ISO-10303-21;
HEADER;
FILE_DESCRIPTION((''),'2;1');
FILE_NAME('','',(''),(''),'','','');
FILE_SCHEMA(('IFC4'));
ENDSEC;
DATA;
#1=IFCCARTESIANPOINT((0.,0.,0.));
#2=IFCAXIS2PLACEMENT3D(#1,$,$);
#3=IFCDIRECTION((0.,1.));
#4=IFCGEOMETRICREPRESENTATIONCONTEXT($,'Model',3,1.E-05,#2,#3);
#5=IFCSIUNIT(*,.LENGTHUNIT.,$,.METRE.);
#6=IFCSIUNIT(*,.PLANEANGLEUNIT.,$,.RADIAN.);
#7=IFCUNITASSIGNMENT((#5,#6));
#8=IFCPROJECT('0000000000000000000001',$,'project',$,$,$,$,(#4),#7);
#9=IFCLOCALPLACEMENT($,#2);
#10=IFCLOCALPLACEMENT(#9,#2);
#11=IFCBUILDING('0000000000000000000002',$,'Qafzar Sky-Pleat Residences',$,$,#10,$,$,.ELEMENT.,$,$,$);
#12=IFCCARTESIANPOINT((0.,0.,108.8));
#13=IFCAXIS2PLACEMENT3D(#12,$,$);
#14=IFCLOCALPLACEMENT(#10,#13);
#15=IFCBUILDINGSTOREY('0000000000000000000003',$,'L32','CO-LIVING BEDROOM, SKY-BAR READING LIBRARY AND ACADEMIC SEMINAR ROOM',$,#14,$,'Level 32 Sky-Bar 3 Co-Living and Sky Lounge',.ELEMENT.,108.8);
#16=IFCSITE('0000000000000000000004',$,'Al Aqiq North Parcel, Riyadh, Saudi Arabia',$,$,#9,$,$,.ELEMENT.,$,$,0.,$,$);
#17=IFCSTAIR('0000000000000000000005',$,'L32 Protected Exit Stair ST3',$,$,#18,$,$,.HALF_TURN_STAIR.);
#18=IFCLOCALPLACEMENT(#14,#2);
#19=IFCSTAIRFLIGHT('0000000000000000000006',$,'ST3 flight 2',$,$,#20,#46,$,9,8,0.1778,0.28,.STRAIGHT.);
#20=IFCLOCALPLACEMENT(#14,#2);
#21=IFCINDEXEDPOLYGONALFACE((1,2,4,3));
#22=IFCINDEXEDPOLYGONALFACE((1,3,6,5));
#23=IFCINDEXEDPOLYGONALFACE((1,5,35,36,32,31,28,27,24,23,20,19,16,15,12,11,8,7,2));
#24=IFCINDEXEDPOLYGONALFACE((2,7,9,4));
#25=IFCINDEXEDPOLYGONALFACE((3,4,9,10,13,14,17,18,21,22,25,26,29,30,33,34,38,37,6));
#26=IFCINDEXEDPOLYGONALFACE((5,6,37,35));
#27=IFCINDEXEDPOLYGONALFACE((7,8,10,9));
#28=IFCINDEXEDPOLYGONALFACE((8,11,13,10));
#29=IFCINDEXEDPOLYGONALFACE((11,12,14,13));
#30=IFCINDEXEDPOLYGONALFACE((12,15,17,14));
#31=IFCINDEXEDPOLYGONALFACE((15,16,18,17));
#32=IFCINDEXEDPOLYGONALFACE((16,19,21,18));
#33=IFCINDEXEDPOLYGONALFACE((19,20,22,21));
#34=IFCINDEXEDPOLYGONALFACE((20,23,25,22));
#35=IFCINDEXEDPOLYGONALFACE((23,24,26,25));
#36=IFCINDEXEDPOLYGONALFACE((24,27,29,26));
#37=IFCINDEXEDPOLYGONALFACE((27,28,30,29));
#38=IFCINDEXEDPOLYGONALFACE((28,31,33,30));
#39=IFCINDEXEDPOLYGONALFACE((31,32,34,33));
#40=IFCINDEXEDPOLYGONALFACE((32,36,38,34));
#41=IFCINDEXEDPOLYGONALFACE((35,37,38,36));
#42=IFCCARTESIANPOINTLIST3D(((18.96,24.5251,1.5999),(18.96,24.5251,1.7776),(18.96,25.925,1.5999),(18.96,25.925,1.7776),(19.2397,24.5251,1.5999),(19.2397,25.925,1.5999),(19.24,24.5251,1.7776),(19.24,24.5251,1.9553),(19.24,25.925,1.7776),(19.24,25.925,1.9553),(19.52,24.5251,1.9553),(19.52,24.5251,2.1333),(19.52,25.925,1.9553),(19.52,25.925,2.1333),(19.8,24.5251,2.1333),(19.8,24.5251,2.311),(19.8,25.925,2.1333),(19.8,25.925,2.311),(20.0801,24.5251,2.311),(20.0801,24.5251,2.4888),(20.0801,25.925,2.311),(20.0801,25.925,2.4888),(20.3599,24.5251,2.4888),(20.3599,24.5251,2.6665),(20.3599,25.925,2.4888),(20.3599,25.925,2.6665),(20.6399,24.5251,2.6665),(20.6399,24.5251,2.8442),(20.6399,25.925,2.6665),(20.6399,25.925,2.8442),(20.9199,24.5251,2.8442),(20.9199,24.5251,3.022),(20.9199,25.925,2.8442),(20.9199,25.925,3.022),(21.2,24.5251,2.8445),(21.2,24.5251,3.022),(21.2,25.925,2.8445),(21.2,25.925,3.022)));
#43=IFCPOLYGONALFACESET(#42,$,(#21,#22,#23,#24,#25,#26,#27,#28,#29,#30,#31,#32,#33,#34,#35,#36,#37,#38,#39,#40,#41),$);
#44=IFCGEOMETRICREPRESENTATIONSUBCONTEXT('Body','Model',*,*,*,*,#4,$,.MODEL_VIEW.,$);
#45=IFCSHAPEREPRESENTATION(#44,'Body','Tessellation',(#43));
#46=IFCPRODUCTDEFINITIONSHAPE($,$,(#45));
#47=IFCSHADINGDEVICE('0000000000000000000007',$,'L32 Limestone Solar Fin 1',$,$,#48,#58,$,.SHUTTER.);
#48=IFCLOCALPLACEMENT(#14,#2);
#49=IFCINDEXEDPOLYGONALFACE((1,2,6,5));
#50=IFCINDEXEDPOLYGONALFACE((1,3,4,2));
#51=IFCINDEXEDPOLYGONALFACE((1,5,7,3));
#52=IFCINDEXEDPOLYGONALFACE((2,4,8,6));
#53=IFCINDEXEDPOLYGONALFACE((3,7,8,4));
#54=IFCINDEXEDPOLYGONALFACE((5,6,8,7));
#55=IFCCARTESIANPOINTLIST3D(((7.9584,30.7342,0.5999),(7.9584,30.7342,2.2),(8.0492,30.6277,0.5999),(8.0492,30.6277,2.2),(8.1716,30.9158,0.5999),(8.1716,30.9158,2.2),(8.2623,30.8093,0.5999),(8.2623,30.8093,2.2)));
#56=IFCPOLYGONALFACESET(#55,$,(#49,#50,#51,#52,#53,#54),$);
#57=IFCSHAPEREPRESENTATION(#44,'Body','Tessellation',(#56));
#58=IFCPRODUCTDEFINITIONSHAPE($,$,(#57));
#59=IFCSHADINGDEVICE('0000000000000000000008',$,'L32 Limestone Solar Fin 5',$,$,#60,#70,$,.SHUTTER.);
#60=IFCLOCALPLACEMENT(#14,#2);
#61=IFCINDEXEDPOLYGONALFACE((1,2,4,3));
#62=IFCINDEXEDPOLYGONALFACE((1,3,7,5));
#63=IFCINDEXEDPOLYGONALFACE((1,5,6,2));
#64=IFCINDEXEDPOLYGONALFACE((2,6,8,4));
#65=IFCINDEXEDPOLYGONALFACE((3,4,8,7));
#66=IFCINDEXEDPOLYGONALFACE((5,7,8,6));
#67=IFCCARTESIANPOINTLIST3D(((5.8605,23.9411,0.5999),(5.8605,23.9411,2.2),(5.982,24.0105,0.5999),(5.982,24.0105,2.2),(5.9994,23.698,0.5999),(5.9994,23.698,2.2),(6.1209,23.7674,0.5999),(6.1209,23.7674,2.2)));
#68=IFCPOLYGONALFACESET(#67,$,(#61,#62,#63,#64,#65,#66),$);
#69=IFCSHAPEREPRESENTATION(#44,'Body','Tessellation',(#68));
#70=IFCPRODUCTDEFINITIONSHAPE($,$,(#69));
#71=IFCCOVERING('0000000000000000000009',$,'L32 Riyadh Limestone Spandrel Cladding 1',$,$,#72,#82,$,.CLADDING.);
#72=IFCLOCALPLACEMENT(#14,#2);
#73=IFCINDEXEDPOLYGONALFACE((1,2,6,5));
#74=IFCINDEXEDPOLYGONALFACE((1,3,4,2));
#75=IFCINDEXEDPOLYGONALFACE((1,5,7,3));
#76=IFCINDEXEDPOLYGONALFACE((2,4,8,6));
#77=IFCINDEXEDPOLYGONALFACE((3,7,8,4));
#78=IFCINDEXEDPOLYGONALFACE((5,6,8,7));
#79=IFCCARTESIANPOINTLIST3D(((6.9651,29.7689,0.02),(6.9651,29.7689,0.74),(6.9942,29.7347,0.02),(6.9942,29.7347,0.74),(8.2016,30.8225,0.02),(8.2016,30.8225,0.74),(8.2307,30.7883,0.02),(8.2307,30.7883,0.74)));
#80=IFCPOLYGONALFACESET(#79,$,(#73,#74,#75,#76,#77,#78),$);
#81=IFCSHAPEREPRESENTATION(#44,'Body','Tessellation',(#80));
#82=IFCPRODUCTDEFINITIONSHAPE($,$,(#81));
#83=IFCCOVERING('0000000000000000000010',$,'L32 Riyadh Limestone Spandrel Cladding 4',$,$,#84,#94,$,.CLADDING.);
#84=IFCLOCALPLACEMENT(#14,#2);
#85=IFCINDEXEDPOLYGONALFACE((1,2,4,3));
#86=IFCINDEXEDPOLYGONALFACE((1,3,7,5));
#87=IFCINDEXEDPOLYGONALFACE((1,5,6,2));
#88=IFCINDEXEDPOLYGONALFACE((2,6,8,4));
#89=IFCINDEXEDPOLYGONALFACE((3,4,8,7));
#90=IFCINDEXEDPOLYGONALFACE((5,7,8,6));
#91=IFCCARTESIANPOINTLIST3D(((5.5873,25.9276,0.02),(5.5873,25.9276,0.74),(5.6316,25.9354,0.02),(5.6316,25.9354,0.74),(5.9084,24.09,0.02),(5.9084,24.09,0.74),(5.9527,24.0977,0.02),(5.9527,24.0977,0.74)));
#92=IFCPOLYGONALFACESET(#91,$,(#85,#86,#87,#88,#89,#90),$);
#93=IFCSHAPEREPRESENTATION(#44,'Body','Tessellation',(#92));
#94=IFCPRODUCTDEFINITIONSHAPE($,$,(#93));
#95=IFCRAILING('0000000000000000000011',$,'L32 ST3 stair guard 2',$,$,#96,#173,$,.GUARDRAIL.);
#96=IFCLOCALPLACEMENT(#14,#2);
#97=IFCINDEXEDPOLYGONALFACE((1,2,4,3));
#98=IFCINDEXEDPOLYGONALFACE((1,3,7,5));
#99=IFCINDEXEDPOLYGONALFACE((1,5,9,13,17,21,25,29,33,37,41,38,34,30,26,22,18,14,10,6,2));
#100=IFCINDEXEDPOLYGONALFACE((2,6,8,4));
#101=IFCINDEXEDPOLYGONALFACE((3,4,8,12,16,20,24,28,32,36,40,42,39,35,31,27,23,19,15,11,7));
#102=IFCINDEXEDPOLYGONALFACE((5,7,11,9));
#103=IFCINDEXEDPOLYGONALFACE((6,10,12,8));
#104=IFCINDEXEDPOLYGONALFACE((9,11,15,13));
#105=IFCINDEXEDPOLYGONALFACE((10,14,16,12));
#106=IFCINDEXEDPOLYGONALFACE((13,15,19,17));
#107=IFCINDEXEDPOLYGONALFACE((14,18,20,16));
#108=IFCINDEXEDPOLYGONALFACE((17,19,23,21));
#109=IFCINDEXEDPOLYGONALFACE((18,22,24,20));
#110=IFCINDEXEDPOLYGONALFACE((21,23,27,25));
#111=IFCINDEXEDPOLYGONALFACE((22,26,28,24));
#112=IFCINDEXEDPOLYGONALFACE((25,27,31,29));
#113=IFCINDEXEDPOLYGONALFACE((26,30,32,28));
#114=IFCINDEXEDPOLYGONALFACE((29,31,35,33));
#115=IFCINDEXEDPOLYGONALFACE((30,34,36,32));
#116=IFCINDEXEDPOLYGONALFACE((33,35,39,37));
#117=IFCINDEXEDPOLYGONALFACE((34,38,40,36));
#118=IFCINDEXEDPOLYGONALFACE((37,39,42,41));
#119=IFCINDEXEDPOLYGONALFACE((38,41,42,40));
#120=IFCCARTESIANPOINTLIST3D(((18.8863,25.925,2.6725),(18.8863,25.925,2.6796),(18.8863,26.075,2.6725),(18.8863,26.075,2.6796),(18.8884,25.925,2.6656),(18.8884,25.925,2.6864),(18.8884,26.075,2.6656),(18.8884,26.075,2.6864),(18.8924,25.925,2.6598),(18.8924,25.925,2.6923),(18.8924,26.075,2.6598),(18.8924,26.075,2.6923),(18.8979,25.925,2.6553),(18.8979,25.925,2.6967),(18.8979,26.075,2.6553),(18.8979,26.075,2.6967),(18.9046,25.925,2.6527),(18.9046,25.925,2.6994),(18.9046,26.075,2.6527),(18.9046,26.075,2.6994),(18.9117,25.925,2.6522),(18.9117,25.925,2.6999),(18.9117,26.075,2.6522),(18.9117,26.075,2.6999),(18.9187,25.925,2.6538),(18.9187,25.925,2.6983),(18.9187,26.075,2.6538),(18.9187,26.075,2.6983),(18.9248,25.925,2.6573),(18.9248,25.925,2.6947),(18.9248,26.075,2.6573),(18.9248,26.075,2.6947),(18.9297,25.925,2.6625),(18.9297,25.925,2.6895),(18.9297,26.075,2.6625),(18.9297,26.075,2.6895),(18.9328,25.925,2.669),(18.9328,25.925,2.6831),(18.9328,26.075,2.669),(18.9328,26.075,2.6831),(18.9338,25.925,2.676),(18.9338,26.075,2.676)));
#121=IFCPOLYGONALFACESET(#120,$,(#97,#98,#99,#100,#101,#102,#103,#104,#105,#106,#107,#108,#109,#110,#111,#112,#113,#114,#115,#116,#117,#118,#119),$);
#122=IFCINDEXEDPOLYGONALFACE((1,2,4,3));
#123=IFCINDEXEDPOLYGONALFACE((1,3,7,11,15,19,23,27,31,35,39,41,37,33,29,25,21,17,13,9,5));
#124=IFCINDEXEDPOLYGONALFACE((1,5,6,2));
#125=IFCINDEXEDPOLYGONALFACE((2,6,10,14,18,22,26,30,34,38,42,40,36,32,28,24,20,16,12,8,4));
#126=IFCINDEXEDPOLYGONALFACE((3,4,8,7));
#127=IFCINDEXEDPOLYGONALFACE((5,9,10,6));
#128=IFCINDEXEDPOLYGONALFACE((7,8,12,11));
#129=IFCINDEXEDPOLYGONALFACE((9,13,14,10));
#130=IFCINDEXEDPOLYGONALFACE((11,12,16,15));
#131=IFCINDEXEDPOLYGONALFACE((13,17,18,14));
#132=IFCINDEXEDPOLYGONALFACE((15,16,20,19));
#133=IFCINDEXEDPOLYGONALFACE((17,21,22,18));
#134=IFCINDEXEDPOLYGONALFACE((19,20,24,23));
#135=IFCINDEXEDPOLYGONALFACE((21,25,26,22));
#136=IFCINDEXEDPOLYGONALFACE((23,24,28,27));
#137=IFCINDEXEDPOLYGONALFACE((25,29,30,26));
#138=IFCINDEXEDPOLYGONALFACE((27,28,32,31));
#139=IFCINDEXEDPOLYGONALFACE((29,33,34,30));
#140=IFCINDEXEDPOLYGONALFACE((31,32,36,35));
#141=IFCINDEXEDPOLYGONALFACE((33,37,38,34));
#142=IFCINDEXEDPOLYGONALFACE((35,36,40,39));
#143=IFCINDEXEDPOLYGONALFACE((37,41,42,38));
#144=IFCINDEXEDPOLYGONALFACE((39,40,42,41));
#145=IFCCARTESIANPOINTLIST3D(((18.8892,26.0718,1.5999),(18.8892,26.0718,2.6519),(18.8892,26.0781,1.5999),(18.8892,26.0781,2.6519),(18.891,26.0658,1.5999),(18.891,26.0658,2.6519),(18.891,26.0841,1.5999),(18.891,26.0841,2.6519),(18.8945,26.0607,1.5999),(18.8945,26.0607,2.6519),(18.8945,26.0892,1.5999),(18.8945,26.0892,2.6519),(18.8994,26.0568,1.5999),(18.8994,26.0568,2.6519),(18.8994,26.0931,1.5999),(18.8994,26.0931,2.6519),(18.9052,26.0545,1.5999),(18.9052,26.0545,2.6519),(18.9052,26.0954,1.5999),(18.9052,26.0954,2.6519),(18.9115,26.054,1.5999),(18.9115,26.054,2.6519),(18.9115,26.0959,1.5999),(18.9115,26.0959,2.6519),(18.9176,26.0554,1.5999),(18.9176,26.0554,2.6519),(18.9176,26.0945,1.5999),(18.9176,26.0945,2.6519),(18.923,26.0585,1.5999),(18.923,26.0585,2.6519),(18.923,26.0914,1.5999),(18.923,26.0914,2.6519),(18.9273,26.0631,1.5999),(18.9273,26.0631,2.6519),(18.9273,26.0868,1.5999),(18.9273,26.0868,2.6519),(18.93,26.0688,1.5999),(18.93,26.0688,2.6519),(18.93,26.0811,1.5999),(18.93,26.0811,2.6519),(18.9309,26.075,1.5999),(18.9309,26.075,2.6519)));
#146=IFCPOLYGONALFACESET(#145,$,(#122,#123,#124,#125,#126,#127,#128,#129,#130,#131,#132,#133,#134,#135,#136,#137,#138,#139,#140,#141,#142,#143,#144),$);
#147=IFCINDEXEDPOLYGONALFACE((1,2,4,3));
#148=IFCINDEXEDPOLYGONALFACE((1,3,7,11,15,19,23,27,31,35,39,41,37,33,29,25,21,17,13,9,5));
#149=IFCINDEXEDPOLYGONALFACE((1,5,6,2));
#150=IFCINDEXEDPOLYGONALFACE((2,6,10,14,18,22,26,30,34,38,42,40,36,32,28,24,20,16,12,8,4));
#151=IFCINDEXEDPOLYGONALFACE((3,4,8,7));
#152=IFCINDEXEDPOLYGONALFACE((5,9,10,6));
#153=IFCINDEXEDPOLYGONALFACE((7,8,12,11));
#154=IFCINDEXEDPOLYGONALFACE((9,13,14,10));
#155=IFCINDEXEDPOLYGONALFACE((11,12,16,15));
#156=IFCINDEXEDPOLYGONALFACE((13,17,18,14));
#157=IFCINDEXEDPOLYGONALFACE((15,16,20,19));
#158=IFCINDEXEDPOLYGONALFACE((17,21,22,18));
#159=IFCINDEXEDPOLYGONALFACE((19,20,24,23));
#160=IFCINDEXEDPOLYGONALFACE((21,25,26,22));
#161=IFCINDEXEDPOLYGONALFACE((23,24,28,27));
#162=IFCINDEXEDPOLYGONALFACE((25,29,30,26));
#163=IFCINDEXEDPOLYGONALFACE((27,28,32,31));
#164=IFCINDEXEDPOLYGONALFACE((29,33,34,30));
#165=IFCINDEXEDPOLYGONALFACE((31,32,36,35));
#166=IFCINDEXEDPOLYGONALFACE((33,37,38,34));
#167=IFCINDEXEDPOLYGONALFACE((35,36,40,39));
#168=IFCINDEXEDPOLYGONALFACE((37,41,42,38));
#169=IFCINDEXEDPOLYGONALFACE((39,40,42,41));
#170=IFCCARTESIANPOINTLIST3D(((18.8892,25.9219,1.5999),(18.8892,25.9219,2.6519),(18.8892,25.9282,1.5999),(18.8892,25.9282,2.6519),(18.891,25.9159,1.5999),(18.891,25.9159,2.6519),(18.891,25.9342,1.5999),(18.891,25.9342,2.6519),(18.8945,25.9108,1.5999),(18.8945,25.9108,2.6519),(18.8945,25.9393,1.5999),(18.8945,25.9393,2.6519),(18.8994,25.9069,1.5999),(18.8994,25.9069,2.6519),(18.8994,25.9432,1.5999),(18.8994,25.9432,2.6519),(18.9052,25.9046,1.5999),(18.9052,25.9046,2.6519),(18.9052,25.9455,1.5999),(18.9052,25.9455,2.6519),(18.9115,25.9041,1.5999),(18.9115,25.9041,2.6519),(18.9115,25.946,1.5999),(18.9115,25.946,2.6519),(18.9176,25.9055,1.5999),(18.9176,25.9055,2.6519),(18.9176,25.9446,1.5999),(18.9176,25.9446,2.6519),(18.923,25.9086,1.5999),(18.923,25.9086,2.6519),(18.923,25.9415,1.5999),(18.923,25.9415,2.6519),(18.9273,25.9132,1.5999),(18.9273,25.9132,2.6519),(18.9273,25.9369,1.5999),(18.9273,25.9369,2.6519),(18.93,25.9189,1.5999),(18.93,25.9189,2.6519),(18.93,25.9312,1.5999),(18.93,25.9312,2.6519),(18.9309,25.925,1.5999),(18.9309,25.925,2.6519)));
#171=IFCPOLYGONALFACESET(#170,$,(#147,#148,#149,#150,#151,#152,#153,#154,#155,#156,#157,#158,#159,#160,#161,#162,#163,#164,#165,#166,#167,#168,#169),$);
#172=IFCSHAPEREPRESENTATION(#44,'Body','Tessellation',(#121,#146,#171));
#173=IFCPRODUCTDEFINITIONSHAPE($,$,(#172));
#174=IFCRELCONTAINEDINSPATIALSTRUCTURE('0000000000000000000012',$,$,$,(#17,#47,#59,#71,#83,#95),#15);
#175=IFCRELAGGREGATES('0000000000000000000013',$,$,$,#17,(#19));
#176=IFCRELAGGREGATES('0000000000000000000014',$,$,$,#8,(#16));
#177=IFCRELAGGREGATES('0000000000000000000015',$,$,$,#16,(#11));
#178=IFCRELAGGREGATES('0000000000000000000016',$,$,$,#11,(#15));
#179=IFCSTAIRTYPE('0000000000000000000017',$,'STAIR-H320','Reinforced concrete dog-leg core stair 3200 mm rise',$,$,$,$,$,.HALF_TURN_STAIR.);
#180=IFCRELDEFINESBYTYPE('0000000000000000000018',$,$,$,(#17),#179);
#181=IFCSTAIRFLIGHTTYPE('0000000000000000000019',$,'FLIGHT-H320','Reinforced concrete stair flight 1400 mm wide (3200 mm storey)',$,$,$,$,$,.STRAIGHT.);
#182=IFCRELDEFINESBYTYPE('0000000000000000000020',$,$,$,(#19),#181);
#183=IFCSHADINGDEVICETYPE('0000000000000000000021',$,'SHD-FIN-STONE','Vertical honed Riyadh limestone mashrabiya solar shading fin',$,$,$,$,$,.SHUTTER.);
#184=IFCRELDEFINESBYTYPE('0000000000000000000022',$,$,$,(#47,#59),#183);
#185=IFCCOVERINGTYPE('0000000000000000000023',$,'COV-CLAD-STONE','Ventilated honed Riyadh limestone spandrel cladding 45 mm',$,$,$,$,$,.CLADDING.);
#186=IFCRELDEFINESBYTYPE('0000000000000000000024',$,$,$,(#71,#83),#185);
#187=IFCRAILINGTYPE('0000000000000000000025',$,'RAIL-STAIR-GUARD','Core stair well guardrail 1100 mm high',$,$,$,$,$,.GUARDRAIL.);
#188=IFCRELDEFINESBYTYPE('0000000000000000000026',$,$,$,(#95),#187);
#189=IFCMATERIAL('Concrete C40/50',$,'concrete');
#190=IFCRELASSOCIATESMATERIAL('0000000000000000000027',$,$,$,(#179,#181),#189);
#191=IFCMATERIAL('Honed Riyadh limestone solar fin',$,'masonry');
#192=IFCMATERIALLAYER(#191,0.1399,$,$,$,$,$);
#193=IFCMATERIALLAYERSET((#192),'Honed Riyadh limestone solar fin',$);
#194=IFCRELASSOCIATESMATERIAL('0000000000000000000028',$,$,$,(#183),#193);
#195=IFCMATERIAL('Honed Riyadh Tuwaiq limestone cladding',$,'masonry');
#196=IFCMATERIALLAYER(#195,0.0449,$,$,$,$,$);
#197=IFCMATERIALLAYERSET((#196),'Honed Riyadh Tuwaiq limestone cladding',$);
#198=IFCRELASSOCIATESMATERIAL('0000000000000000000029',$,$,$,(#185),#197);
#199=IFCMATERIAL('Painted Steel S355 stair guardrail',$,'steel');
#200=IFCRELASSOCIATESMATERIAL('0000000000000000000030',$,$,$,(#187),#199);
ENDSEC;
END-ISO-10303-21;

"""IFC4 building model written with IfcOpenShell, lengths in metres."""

from ifc_helpers import new_model, si_unit, direction, frame, origin, origin_2d, place, context, subcontext, project, spatial, polyline, rectangle, circle, outline, extrude, source, transform, mapped, material, layer, layer_set, type_object, element, aggregate, save


model = new_model("IFC4")

# Units and contexts
model_context = context("Model", 3, precision=1e-05, world=origin(), true_north=direction((0.0, 1.0)))
body_context = subcontext(model_context, "Body", "Model", "MODEL_VIEW")
ifc_project = project(units=[si_unit("LENGTHUNIT", "METRE"), si_unit("PLANEANGLEUNIT", "RADIAN")], contexts=[model_context])

# Site, building, storey
site_placement = place(None, origin())
site = spatial("IfcSite", under=ifc_project, at=site_placement, Name="Al Aqiq North Parcel, Riyadh, Saudi Arabia", CompositionType="ELEMENT", RefElevation=0.0)
building_placement = place(site_placement, origin())
building = spatial("IfcBuilding", under=site, at=building_placement, Name="Qafzar Sky-Pleat Residences", CompositionType="ELEMENT")
storey_placement = place(building_placement, frame((0.0, 0.0, 108.8)))
storey = spatial("IfcBuildingStorey", under=building, at=storey_placement, Name="L32", Description="CO-LIVING BEDROOM, SKY-BAR READING LIBRARY AND ACADEMIC SEMINAR ROOM", LongName="Level 32 Sky-Bar 3 Co-Living and Sky Lounge", CompositionType="ELEMENT", Elevation=108.8)

# Stair, stair flight
ifc_material_1 = material(Name="Concrete C40/50", Category="concrete")
stair_type = type_object("IfcStairType", Name="STAIR-H320", Description="Reinforced concrete dog-leg core stair 3200 mm rise", PredefinedType="HALF_TURN_STAIR", material=ifc_material_1)
stair_placement = place(storey_placement, origin())
stair = element("IfcStair", 1, at=stair_placement, inside=storey, type_object=stair_type, Name="L32 Protected Exit Stair ST3", PredefinedType="HALF_TURN_STAIR")
stair_flight_type = type_object("IfcStairFlightType", Name="FLIGHT-H320", Description="Reinforced concrete stair flight 1400 mm wide (3200 mm storey)", PredefinedType="STRAIGHT", material=ifc_material_1)
shared_shape_1 = source(origin(), body_context, "Body", "SweptSolid", [
    extrude(outline(polyline([(0.0, 0.0), (0.0, 0.1777), (0.28, 0.1777), (0.28, 0.3555), (0.5601, 0.3555), (0.5601, 0.5334), (0.8401, 0.5334), (0.8401, 0.7112), (1.1201, 0.7112), (1.1201, 0.8889), (1.3999, 0.8889), (1.3999, 1.0667), (1.6799, 1.0667), (1.6799, 1.2444), (1.96, 1.2444), (1.96, 1.4221), (2.24, 1.4221), (2.24, 1.6001), (2.24, 1.2446), (0.2798, 0.0), (0.0, 0.0)])), frame((0.0, 0.7, 0.0), z_axis=(0.0, -1.0, 0.0), x_axis=(1.0, 0.0, 0.0)), (0.0, 0.0, 1.0), 1.3999),
])
stair_flight_1_placement = place(storey_placement, frame((18.96, 25.2251, 1.5999), z_axis=(0.0, 0.0, 1.0), x_axis=(1.0, 0.0, 0.0)))
stair_flight_1 = element("IfcStairFlight", 2, at=stair_flight_1_placement, type_object=stair_flight_type, Name="ST3 flight 2", NumberOfRisers=9, NumberOfTreads=8, PredefinedType="STRAIGHT", RiserHeight=0.1778, TreadLength=0.28, context=body_context, shape_type="MappedRepresentation", body=[
    mapped(shared_shape_1, transform((0.0, 0.0, 0.0), x_axis=(1.0, 0.0, 0.0), y_axis=(0.0, 1.0, 0.0), z_axis=(0.0, 0.0, 1.0), scale=1.0)),
])
aggregate(stair, [stair_flight_1])

# Shading devices
ifc_material_2 = material(Name="Honed Riyadh limestone solar fin", Category="masonry")
ifc_layer_1 = layer(ifc_material_2, 0.1399)
ifc_layer_set_1 = layer_set([ifc_layer_1], Name="Honed Riyadh limestone solar fin")
shading_device_type = type_object("IfcShadingDeviceType", Name="SHD-FIN-STONE", Description="Vertical honed Riyadh limestone mashrabiya solar shading fin", PredefinedType="SHUTTER", material=ifc_layer_set_1)
shared_shape_2 = source(origin(), body_context, "Body", "SweptSolid", [
    extrude(rectangle(XDim=0.1399, YDim=0.28, at=origin_2d()), origin(), (0.0, 0.0, 1.0), 1.6001),
])
for number, where, z_axis, x_axis, name in (
    (3, (8.1104, 30.7717, 0.5999), (0.0, 0.0, 1.0), (-0.648603, 0.761127, 0.0), "L32 Limestone Solar Fin 1"),
    (4, (5.9907, 23.8542, 0.5999), (0.0, 0.0, 1.0), (-0.868299, -0.496042, 0.0), "L32 Limestone Solar Fin 5"),
):
    element("IfcShadingDevice", number, at=place(storey_placement, frame(where, z_axis=z_axis, x_axis=x_axis)), inside=storey, type_object=shading_device_type, Name=name, PredefinedType="SHUTTER", context=body_context, shape_type="MappedRepresentation", body=[
        mapped(shared_shape_2, transform((0.0, 0.0, 0.0), x_axis=(1.0, 0.0, 0.0), y_axis=(0.0, 1.0, 0.0), z_axis=(0.0, 0.0, 1.0), scale=1.0)),
    ])

# Coverings
ifc_material_3 = material(Name="Honed Riyadh Tuwaiq limestone cladding", Category="masonry")
ifc_layer_2 = layer(ifc_material_3, 0.0449)
ifc_layer_set_2 = layer_set([ifc_layer_2], Name="Honed Riyadh Tuwaiq limestone cladding")
covering_type = type_object("IfcCoveringType", Name="COV-CLAD-STONE", Description="Ventilated honed Riyadh limestone spandrel cladding 45 mm", PredefinedType="CLADDING", material=ifc_layer_set_2)
shared_shape_3 = source(origin(), body_context, "Body", "SweptSolid", [
    extrude(rectangle(XDim=1.6245, YDim=0.0449, at=origin_2d()), origin(), (0.0, 0.0, 1.0), 0.72),
])
covering_1_placement = place(storey_placement, frame((7.5979, 30.2786, 0.02), z_axis=(0.0, 0.0, 1.0), x_axis=(-0.761154, -0.648571, 0.0)))
element("IfcCovering", 5, at=covering_1_placement, inside=storey, type_object=covering_type, Name="L32 Riyadh Limestone Spandrel Cladding 1", PredefinedType="CLADDING", context=body_context, shape_type="MappedRepresentation", body=[
    mapped(shared_shape_3, transform((0.0, 0.0, 0.0), x_axis=(1.0, 0.0, 0.0), y_axis=(0.0, 1.0, 0.0), z_axis=(0.0, 0.0, 1.0), scale=1.0)),
])
shared_shape_4 = source(origin(), body_context, "Body", "SweptSolid", [
    extrude(rectangle(XDim=1.8655, YDim=0.0449, at=origin_2d()), origin(), (0.0, 0.0, 1.0), 0.72),
])
covering_2_placement = place(storey_placement, frame((5.77, 25.0127, 0.02), z_axis=(0.0, 0.0, 1.0), x_axis=(0.172123, -0.985075, 0.0)))
element("IfcCovering", 6, at=covering_2_placement, inside=storey, type_object=covering_type, Name="L32 Riyadh Limestone Spandrel Cladding 4", PredefinedType="CLADDING", context=body_context, shape_type="MappedRepresentation", body=[
    mapped(shared_shape_4, transform((0.0, 0.0, 0.0), x_axis=(1.0, 0.0, 0.0), y_axis=(0.0, 1.0, 0.0), z_axis=(0.0, 0.0, 1.0), scale=1.0)),
])

# Railing
ifc_material_4 = material(Name="Painted Steel S355 stair guardrail", Category="steel")
railing_type_1 = type_object("IfcRailingType", Name="RAIL-STAIR-GUARD", Description="Core stair well guardrail 1100 mm high", PredefinedType="GUARDRAIL", material=ifc_material_4)
shared_shape_5 = source(origin(), body_context, "Body", "SweptSolid", [
    extrude(circle(Radius=0.0239, at=origin_2d()), frame((0.0, 0.0, 1.0762), z_axis=(0.0, -1.0, 0.0), x_axis=(1.0, 0.0, 0.0)), (0.0, 0.0, 1.0), 0.1499),
    extrude(circle(Radius=0.021, at=origin_2d()), origin(), (0.0, 0.0, 1.0), 1.052),
    extrude(circle(Radius=0.021, at=origin_2d()), frame((0.0, -0.1499, 0.0)), (0.0, 0.0, 1.0), 1.052),
])
railing_1_placement = place(storey_placement, frame((18.9099, 26.075, 1.5999)))
element("IfcRailing", 7, at=railing_1_placement, inside=storey, type_object=railing_type_1, Name="L32 ST3 stair guard 2", PredefinedType="GUARDRAIL", context=body_context, shape_type="MappedRepresentation", body=[
    mapped(shared_shape_5, transform((0.0, 0.0, 0.0), x_axis=(1.0, 0.0, 0.0), y_axis=(0.0, 1.0, 0.0), z_axis=(0.0, 0.0, 1.0), scale=1.0)),
])

save(model, "model.ifc")
